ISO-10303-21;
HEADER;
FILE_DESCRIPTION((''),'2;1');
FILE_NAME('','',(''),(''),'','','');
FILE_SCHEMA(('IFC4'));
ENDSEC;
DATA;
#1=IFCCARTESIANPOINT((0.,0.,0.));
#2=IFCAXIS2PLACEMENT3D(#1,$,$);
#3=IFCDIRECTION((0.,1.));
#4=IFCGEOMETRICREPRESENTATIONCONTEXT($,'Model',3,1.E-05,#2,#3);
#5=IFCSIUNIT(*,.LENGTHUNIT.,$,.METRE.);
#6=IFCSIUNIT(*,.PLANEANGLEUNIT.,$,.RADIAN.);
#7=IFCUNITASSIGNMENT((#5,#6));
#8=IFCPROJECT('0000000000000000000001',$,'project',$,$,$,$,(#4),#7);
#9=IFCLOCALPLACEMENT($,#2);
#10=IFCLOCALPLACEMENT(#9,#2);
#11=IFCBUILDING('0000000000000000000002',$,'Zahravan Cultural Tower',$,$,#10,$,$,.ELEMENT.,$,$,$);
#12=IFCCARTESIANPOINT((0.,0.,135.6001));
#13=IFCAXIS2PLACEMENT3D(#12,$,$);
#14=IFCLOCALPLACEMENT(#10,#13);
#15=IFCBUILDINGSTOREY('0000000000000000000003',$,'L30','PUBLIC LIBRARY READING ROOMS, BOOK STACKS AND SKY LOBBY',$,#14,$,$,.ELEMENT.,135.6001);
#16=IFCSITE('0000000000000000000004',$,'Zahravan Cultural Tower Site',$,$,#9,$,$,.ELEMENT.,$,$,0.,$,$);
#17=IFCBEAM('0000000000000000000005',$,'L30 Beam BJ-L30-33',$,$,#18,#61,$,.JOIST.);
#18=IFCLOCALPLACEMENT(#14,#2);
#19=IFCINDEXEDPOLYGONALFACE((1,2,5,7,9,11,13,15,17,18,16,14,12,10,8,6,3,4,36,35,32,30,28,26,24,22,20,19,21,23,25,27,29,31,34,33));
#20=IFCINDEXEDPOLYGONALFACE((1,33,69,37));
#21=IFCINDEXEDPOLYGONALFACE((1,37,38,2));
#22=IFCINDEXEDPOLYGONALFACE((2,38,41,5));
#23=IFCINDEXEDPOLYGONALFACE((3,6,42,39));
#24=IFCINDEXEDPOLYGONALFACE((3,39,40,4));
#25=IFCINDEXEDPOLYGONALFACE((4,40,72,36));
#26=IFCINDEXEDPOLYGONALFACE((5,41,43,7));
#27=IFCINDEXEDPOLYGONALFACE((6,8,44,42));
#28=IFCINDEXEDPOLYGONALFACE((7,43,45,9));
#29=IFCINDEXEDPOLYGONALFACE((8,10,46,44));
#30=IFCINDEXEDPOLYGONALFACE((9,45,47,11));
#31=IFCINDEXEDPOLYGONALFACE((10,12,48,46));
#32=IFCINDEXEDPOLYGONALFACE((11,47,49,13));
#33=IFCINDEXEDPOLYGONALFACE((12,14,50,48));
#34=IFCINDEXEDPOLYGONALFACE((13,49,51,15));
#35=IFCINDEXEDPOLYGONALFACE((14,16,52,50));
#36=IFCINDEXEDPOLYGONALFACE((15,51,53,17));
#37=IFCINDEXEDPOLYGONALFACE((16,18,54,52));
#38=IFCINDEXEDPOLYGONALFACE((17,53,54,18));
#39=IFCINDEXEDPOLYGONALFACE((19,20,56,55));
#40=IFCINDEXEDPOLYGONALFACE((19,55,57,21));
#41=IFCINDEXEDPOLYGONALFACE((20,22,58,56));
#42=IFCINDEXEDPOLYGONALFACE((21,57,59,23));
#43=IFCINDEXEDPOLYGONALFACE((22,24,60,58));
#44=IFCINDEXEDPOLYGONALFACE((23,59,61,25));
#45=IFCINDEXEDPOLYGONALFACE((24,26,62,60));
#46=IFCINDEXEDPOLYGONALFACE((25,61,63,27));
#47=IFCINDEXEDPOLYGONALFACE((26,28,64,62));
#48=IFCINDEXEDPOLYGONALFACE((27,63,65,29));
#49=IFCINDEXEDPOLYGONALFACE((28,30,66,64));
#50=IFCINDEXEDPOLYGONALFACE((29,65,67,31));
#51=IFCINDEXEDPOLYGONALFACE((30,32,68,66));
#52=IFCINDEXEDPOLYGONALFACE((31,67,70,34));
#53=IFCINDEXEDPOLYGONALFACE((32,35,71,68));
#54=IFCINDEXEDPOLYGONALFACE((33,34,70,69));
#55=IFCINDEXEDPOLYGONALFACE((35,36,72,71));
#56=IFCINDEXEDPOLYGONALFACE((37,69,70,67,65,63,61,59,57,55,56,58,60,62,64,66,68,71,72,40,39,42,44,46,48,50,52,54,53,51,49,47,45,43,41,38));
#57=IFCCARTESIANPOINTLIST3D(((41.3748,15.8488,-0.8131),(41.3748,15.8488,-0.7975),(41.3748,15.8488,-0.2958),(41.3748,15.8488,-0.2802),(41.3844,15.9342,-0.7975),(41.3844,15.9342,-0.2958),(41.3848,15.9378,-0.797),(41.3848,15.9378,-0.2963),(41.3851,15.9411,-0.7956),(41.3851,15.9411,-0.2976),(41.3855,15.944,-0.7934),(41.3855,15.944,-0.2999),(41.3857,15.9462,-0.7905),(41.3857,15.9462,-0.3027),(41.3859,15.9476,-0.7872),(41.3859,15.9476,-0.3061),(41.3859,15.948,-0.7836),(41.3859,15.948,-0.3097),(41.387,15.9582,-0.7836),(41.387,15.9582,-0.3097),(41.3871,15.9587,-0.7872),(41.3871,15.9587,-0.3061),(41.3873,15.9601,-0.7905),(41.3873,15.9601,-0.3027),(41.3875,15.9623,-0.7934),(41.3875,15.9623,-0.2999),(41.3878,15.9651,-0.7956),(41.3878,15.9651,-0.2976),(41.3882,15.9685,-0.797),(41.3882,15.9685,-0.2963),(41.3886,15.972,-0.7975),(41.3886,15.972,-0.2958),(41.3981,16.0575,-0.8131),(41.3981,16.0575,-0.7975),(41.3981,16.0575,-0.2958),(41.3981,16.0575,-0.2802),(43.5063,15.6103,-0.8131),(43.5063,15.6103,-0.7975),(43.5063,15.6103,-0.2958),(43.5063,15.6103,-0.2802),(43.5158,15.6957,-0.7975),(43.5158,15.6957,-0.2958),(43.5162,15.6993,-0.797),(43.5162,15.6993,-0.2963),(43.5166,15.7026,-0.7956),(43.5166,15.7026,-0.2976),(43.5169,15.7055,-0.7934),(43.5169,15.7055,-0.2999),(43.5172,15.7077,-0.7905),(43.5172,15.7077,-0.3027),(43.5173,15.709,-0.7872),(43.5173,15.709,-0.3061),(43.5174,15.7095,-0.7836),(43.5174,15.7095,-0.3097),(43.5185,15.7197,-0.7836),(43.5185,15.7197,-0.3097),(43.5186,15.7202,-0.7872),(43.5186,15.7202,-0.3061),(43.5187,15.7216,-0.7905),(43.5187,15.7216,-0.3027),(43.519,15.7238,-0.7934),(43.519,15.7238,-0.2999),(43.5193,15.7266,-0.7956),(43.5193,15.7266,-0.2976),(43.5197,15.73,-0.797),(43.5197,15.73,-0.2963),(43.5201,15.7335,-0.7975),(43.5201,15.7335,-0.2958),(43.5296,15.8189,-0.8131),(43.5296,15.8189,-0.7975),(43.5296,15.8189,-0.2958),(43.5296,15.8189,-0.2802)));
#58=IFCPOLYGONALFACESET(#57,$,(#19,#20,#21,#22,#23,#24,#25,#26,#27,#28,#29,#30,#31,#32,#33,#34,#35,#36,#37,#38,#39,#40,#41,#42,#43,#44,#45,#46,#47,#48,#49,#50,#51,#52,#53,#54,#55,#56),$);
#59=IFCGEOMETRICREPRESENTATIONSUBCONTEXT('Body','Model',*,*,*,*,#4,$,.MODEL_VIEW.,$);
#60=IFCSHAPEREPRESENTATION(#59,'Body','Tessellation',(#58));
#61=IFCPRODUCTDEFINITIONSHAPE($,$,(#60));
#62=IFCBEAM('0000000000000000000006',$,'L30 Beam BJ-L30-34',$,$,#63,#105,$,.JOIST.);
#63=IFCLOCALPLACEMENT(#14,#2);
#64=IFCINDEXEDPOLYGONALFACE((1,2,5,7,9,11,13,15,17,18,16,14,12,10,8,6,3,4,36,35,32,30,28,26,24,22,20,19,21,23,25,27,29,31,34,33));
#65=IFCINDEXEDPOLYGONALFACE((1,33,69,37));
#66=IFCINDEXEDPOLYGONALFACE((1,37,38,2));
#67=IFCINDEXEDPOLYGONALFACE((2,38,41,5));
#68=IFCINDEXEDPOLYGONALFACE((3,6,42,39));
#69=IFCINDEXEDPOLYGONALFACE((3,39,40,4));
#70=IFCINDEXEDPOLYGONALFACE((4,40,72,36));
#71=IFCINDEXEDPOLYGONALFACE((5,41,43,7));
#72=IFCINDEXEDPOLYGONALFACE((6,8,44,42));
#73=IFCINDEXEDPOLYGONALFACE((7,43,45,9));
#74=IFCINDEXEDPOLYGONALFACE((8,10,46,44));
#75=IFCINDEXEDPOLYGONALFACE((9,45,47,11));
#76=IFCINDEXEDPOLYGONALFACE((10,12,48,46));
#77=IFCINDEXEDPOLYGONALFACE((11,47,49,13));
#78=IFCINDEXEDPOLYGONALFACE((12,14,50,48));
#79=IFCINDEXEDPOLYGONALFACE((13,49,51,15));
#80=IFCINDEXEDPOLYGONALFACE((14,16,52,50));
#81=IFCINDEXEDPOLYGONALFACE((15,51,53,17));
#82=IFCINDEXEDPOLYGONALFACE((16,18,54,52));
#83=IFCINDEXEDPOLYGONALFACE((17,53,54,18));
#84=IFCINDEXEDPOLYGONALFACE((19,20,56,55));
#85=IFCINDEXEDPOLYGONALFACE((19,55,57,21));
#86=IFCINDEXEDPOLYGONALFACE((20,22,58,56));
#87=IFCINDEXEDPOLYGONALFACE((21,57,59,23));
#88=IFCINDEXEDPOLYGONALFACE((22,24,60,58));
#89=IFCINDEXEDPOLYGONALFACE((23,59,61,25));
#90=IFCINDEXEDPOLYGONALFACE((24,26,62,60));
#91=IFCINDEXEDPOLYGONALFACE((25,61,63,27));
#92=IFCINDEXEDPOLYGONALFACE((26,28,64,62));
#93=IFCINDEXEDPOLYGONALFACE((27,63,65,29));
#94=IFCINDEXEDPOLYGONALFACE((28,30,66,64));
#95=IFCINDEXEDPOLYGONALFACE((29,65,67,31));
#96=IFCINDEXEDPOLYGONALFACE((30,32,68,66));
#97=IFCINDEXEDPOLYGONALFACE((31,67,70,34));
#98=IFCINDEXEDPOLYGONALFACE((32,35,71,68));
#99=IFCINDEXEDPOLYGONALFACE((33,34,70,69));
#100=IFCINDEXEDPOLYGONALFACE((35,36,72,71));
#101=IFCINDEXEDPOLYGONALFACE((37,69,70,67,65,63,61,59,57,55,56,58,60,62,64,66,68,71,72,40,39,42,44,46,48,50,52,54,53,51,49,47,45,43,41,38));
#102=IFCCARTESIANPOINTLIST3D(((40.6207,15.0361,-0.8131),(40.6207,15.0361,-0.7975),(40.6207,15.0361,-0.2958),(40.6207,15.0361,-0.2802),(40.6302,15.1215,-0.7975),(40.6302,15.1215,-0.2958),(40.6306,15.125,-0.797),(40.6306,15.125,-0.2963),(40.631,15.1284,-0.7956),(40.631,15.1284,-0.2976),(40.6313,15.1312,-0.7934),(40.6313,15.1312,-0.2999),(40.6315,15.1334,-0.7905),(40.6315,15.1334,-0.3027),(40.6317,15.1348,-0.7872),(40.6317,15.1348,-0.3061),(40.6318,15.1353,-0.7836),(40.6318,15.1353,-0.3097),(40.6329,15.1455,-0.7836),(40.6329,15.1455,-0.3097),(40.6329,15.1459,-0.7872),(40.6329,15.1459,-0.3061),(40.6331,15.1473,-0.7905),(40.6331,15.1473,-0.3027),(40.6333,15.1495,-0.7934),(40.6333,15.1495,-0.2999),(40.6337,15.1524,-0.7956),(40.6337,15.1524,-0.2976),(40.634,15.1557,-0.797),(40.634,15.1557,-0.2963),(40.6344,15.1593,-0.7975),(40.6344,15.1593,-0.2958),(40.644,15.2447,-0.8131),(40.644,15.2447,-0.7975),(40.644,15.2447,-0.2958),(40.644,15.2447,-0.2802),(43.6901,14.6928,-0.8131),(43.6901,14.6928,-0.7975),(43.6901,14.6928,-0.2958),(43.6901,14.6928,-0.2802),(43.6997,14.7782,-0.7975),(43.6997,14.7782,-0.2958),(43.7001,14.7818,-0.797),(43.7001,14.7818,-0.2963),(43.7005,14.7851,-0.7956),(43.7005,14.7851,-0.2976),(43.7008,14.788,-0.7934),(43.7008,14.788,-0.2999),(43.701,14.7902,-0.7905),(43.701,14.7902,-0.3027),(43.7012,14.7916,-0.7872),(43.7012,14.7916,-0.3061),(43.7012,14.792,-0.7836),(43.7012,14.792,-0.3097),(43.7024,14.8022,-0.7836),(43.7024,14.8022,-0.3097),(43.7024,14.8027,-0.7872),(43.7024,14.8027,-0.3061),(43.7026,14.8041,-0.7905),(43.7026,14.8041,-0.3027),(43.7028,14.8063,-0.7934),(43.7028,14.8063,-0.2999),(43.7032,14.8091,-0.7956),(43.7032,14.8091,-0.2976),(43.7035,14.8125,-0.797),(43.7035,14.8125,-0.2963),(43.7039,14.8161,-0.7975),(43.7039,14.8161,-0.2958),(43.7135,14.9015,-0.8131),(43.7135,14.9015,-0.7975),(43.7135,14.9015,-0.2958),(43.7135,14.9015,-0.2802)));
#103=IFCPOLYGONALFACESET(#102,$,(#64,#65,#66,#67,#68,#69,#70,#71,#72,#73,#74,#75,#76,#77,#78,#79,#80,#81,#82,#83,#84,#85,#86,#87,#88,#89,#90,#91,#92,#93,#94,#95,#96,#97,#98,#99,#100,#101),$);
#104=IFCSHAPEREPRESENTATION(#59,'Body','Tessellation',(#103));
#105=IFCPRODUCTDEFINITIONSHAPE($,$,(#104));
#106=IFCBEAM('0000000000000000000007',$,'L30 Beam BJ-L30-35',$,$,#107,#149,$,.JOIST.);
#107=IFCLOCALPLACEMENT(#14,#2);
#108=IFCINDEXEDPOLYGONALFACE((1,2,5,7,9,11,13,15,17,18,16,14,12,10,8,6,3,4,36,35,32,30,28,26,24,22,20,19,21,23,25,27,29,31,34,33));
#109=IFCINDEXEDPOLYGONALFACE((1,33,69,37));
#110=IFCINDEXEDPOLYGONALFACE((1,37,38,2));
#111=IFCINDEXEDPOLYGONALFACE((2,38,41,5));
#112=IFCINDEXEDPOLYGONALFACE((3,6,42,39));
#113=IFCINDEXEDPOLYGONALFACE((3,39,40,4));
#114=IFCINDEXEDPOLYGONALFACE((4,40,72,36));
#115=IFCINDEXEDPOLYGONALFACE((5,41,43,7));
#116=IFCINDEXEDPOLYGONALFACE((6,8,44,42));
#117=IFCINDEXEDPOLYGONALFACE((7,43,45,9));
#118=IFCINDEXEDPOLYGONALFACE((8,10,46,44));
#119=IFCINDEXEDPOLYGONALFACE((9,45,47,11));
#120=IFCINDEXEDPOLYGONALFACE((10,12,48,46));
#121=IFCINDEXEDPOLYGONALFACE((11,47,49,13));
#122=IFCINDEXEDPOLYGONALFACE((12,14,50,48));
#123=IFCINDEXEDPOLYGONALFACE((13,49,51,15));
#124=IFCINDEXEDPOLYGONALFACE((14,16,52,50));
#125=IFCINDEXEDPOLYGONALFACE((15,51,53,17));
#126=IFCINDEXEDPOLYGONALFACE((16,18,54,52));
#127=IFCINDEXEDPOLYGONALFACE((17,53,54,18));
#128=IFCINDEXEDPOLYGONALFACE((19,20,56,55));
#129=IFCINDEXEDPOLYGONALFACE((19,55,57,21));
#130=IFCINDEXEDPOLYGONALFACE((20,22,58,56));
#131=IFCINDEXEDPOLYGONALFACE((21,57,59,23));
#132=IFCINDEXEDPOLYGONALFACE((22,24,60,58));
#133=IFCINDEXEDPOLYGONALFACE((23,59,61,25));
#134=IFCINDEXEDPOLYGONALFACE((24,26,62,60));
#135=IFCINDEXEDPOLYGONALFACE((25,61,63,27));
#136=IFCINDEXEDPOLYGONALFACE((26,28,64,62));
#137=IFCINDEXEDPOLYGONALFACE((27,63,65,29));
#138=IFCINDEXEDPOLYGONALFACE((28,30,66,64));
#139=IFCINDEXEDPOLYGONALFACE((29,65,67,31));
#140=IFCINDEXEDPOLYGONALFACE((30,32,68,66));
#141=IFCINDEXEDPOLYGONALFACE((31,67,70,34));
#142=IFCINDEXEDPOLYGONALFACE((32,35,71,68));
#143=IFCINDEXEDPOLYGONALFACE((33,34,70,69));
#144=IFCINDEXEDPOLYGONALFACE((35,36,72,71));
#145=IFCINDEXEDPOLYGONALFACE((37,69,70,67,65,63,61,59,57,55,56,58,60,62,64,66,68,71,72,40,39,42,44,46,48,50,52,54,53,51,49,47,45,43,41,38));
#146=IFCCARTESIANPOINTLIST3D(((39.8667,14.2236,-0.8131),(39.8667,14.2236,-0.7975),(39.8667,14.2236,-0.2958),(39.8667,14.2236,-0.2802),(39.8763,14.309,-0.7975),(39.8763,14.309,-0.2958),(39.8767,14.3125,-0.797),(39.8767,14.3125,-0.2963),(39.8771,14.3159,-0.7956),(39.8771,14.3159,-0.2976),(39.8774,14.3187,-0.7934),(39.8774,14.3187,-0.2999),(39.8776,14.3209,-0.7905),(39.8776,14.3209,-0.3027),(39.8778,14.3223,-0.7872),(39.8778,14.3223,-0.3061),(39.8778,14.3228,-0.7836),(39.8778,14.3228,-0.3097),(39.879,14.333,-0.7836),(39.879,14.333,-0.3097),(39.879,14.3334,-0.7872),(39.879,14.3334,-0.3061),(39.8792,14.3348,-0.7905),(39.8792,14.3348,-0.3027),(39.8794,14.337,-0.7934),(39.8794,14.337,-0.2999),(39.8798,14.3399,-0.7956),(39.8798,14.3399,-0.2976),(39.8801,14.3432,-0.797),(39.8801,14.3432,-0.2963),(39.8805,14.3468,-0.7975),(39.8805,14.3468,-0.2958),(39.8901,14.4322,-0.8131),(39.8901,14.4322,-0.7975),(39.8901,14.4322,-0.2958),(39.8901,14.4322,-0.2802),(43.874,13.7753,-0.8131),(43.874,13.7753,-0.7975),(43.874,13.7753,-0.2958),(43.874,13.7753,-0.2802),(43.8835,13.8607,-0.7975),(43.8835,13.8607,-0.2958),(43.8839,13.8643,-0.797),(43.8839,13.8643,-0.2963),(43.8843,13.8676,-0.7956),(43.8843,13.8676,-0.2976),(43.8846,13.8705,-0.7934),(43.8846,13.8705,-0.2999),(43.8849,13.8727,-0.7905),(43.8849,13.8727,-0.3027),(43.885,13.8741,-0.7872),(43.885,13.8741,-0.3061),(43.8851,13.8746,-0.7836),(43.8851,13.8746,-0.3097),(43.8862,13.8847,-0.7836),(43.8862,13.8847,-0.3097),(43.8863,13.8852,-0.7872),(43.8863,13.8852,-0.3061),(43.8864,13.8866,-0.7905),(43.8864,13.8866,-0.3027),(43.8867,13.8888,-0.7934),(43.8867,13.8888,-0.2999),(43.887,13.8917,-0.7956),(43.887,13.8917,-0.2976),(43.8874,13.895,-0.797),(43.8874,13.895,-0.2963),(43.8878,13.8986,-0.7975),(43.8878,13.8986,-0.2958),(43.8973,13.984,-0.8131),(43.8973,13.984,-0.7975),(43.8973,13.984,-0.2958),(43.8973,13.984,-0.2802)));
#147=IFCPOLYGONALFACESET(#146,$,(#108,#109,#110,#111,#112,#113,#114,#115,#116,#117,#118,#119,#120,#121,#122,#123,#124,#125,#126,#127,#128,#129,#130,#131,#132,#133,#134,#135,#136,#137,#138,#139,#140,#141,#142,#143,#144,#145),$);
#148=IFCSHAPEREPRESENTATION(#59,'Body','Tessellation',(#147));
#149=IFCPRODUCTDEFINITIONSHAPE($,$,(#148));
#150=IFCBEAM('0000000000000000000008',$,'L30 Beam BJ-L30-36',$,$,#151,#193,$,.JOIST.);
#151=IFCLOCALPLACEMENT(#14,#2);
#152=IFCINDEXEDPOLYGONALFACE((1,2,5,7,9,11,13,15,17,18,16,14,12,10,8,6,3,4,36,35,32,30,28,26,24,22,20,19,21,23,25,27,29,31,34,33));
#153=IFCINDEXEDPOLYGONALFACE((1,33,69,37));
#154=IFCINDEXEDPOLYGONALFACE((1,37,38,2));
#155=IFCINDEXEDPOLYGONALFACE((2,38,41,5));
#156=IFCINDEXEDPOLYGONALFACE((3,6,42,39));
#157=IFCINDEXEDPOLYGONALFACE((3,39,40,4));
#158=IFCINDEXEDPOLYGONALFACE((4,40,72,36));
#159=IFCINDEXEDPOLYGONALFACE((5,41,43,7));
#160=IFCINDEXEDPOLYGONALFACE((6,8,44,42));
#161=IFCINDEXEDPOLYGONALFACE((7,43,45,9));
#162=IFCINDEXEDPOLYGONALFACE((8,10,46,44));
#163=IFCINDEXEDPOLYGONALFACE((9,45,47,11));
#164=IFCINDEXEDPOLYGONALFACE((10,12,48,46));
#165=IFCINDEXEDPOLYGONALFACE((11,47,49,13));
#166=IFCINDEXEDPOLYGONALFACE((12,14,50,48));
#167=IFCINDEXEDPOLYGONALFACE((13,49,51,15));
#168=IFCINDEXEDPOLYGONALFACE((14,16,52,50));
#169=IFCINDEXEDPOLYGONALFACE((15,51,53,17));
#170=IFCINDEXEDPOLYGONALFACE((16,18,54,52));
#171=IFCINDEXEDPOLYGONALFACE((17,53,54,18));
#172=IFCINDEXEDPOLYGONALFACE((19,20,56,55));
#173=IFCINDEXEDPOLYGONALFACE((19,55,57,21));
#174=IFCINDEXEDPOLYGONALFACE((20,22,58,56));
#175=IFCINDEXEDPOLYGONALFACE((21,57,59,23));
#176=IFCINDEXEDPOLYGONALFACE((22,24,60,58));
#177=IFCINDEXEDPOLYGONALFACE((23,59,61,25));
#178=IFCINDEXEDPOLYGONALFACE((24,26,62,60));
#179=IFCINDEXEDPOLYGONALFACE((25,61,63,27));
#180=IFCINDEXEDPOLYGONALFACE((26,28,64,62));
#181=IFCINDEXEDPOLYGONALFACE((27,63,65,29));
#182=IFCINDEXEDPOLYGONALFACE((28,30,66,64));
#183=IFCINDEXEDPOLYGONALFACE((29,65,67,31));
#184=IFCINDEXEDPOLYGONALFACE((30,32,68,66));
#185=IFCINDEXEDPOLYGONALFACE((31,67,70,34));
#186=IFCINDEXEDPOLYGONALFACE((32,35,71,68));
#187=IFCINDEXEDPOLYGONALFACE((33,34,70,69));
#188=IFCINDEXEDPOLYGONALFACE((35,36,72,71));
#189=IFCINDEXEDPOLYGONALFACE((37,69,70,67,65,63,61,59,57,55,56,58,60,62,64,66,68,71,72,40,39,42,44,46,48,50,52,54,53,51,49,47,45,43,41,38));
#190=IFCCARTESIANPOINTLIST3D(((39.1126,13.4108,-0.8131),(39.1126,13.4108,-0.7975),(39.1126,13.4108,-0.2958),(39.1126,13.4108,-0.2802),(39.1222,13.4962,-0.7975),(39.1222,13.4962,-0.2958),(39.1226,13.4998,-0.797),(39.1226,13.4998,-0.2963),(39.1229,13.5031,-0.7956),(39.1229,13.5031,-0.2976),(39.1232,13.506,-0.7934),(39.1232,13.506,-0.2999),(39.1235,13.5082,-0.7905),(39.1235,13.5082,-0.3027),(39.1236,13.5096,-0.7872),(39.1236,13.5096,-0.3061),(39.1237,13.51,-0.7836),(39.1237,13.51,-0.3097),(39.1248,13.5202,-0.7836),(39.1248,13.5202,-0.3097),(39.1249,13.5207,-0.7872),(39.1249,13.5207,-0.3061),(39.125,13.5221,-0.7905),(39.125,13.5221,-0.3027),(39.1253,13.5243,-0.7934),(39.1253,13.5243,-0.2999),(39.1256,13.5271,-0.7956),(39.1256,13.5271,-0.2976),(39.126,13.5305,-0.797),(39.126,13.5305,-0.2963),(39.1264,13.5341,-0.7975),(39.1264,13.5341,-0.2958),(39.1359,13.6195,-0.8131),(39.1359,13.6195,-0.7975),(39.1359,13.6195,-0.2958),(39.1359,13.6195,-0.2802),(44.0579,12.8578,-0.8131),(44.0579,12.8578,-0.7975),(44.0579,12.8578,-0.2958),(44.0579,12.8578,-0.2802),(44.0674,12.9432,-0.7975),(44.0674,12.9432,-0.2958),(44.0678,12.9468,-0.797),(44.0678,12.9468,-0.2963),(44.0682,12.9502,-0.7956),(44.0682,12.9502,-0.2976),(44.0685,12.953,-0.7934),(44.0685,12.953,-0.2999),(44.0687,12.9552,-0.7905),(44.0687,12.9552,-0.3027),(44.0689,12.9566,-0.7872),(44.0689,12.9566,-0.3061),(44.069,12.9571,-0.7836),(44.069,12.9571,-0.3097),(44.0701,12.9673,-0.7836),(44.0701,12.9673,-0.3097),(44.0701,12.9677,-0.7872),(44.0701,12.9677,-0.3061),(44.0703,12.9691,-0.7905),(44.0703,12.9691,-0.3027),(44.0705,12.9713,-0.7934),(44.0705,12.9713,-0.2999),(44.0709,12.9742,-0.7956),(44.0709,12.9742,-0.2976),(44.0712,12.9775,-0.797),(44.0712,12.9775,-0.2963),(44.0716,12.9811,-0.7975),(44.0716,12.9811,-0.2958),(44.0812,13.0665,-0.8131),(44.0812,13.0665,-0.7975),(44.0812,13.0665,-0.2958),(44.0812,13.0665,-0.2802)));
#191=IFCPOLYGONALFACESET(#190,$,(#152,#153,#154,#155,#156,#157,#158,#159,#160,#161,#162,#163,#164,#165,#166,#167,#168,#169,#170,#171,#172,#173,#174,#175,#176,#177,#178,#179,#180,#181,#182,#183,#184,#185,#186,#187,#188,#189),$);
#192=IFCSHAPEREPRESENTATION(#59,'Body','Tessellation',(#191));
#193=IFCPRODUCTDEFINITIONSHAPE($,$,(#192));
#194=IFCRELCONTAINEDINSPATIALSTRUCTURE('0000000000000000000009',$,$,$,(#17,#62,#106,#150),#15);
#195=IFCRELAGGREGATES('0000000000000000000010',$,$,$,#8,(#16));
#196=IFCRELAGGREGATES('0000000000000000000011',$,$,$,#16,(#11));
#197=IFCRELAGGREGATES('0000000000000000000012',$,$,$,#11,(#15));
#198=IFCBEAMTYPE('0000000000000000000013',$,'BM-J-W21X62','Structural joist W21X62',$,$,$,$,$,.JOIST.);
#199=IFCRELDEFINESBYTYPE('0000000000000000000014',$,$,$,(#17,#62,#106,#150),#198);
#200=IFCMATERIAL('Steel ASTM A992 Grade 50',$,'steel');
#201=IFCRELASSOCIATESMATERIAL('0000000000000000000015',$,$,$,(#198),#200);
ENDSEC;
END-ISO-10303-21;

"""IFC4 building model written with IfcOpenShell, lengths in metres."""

from ifc_helpers import new_model, si_unit, direction, frame, origin, origin_2d, place, context, subcontext, project, spatial, i_section, extrude, source, transform, mapped, material, material_profile, profile_set, type_object, element, save


model = new_model("IFC4")

# Units and contexts
model_context = context("Model", 3, precision=1e-05, world=origin(), true_north=direction((0.0, 1.0)))
body_context = subcontext(model_context, "Body", "Model", "MODEL_VIEW")
ifc_project = project(units=[si_unit("LENGTHUNIT", "METRE"), si_unit("PLANEANGLEUNIT", "RADIAN")], contexts=[model_context])

# Site, building, storey
site_placement = place(None, origin())
site = spatial("IfcSite", under=ifc_project, at=site_placement, Name="Zahravan Cultural Tower Site", CompositionType="ELEMENT", RefElevation=0.0)
building_placement = place(site_placement, origin())
building = spatial("IfcBuilding", under=site, at=building_placement, Name="Zahravan Cultural Tower", CompositionType="ELEMENT")
storey_placement = place(building_placement, frame((0.0, 0.0, 135.6001)))
storey = spatial("IfcBuildingStorey", under=building, at=storey_placement, Name="L30", Description="PUBLIC LIBRARY READING ROOMS, BOOK STACKS AND SKY LOBBY", CompositionType="ELEMENT", Elevation=135.6001)

# Shared definitions
ifc_material_1 = material(Name="Steel ASTM A992 Grade 50", Category="steel")

# Beams
ifc_material_profile_1 = material_profile(ifc_material_1, i_section(OverallWidth=0.21, OverallDepth=0.533, WebThickness=0.0103, FlangeThickness=0.0156, FilletRadius=0.0139, at=origin_2d()), Name="W21X62")
ifc_profile_set_1 = profile_set([ifc_material_profile_1], Name="Steel ASTM A992 Grade 50")
beam_type_1 = type_object("IfcBeamType", Name="BM-J-W21X62", Description="Structural joist W21X62", PredefinedType="JOIST", material=ifc_profile_set_1)
shared_shape_1 = source(origin(), body_context, "Body", "SweptSolid", [
    extrude(i_section(OverallWidth=0.21, OverallDepth=0.533, WebThickness=0.0103, FlangeThickness=0.0156, FilletRadius=0.0139, at=origin_2d()), origin(), (0.0, 0.0, 1.0), 2.1448),
])
beam_1_placement = place(storey_placement, frame((41.3865, 15.9531, -0.5466), z_axis=(0.993797, -0.111206, 0.0), x_axis=(0.111206, 0.993797, 0.0)))
element("IfcBeam", 1, at=beam_1_placement, inside=storey, type_object=beam_type_1, Name="L30 Beam BJ-L30-33", PredefinedType="JOIST", context=body_context, shape_type="MappedRepresentation", body=[
    mapped(shared_shape_1, transform((0.0, 0.0, 0.0), x_axis=(1.0, 0.0, 0.0), y_axis=(0.0, 1.0, 0.0), z_axis=(0.0, 0.0, 1.0), scale=1.0)),
])
shared_shape_2 = source(origin(), body_context, "Body", "SweptSolid", [
    extrude(i_section(OverallWidth=0.21, OverallDepth=0.533, WebThickness=0.0103, FlangeThickness=0.0156, FilletRadius=0.0139, at=origin_2d()), origin(), (0.0, 0.0, 1.0), 3.0886),
])
beam_2_placement = place(storey_placement, frame((40.6323, 15.1404, -0.5466), z_axis=(0.993805, -0.111134, 0.0), x_axis=(0.111134, 0.993805, 0.0)))
element("IfcBeam", 2, at=beam_2_placement, inside=storey, type_object=beam_type_1, Name="L30 Beam BJ-L30-34", PredefinedType="JOIST", context=body_context, shape_type="MappedRepresentation", body=[
    mapped(shared_shape_2, transform((0.0, 0.0, 0.0), x_axis=(1.0, 0.0, 0.0), y_axis=(0.0, 1.0, 0.0), z_axis=(0.0, 0.0, 1.0), scale=1.0)),
])
shared_shape_3 = source(origin(), body_context, "Body", "SweptSolid", [
    extrude(i_section(OverallWidth=0.21, OverallDepth=0.533, WebThickness=0.0103, FlangeThickness=0.0156, FilletRadius=0.0139, at=origin_2d()), origin(), (0.0, 0.0, 1.0), 4.0322),
])
beam_3_placement = place(storey_placement, frame((39.8784, 14.3279, -0.5466), z_axis=(0.993802, -0.111162, 0.0), x_axis=(0.111162, 0.993802, 0.0)))
element("IfcBeam", 3, at=beam_3_placement, inside=storey, type_object=beam_type_1, Name="L30 Beam BJ-L30-35", PredefinedType="JOIST", context=body_context, shape_type="MappedRepresentation", body=[
    mapped(shared_shape_3, transform((0.0, 0.0, 0.0), x_axis=(1.0, 0.0, 0.0), y_axis=(0.0, 1.0, 0.0), z_axis=(0.0, 0.0, 1.0), scale=1.0)),
])
shared_shape_4 = source(origin(), body_context, "Body", "SweptSolid", [
    extrude(i_section(OverallWidth=0.21, OverallDepth=0.533, WebThickness=0.0103, FlangeThickness=0.0156, FilletRadius=0.0139, at=origin_2d()), origin(), (0.0, 0.0, 1.0), 4.9761),
])
beam_4_placement = place(storey_placement, frame((39.1243, 13.5151, -0.5466), z_axis=(0.993806, -0.111126, 0.0), x_axis=(0.111126, 0.993806, 0.0)))
element("IfcBeam", 4, at=beam_4_placement, inside=storey, type_object=beam_type_1, Name="L30 Beam BJ-L30-36", PredefinedType="JOIST", context=body_context, shape_type="MappedRepresentation", body=[
    mapped(shared_shape_4, transform((0.0, 0.0, 0.0), x_axis=(1.0, 0.0, 0.0), y_axis=(0.0, 1.0, 0.0), z_axis=(0.0, 0.0, 1.0), scale=1.0)),
])

save(model, "model.ifc")
